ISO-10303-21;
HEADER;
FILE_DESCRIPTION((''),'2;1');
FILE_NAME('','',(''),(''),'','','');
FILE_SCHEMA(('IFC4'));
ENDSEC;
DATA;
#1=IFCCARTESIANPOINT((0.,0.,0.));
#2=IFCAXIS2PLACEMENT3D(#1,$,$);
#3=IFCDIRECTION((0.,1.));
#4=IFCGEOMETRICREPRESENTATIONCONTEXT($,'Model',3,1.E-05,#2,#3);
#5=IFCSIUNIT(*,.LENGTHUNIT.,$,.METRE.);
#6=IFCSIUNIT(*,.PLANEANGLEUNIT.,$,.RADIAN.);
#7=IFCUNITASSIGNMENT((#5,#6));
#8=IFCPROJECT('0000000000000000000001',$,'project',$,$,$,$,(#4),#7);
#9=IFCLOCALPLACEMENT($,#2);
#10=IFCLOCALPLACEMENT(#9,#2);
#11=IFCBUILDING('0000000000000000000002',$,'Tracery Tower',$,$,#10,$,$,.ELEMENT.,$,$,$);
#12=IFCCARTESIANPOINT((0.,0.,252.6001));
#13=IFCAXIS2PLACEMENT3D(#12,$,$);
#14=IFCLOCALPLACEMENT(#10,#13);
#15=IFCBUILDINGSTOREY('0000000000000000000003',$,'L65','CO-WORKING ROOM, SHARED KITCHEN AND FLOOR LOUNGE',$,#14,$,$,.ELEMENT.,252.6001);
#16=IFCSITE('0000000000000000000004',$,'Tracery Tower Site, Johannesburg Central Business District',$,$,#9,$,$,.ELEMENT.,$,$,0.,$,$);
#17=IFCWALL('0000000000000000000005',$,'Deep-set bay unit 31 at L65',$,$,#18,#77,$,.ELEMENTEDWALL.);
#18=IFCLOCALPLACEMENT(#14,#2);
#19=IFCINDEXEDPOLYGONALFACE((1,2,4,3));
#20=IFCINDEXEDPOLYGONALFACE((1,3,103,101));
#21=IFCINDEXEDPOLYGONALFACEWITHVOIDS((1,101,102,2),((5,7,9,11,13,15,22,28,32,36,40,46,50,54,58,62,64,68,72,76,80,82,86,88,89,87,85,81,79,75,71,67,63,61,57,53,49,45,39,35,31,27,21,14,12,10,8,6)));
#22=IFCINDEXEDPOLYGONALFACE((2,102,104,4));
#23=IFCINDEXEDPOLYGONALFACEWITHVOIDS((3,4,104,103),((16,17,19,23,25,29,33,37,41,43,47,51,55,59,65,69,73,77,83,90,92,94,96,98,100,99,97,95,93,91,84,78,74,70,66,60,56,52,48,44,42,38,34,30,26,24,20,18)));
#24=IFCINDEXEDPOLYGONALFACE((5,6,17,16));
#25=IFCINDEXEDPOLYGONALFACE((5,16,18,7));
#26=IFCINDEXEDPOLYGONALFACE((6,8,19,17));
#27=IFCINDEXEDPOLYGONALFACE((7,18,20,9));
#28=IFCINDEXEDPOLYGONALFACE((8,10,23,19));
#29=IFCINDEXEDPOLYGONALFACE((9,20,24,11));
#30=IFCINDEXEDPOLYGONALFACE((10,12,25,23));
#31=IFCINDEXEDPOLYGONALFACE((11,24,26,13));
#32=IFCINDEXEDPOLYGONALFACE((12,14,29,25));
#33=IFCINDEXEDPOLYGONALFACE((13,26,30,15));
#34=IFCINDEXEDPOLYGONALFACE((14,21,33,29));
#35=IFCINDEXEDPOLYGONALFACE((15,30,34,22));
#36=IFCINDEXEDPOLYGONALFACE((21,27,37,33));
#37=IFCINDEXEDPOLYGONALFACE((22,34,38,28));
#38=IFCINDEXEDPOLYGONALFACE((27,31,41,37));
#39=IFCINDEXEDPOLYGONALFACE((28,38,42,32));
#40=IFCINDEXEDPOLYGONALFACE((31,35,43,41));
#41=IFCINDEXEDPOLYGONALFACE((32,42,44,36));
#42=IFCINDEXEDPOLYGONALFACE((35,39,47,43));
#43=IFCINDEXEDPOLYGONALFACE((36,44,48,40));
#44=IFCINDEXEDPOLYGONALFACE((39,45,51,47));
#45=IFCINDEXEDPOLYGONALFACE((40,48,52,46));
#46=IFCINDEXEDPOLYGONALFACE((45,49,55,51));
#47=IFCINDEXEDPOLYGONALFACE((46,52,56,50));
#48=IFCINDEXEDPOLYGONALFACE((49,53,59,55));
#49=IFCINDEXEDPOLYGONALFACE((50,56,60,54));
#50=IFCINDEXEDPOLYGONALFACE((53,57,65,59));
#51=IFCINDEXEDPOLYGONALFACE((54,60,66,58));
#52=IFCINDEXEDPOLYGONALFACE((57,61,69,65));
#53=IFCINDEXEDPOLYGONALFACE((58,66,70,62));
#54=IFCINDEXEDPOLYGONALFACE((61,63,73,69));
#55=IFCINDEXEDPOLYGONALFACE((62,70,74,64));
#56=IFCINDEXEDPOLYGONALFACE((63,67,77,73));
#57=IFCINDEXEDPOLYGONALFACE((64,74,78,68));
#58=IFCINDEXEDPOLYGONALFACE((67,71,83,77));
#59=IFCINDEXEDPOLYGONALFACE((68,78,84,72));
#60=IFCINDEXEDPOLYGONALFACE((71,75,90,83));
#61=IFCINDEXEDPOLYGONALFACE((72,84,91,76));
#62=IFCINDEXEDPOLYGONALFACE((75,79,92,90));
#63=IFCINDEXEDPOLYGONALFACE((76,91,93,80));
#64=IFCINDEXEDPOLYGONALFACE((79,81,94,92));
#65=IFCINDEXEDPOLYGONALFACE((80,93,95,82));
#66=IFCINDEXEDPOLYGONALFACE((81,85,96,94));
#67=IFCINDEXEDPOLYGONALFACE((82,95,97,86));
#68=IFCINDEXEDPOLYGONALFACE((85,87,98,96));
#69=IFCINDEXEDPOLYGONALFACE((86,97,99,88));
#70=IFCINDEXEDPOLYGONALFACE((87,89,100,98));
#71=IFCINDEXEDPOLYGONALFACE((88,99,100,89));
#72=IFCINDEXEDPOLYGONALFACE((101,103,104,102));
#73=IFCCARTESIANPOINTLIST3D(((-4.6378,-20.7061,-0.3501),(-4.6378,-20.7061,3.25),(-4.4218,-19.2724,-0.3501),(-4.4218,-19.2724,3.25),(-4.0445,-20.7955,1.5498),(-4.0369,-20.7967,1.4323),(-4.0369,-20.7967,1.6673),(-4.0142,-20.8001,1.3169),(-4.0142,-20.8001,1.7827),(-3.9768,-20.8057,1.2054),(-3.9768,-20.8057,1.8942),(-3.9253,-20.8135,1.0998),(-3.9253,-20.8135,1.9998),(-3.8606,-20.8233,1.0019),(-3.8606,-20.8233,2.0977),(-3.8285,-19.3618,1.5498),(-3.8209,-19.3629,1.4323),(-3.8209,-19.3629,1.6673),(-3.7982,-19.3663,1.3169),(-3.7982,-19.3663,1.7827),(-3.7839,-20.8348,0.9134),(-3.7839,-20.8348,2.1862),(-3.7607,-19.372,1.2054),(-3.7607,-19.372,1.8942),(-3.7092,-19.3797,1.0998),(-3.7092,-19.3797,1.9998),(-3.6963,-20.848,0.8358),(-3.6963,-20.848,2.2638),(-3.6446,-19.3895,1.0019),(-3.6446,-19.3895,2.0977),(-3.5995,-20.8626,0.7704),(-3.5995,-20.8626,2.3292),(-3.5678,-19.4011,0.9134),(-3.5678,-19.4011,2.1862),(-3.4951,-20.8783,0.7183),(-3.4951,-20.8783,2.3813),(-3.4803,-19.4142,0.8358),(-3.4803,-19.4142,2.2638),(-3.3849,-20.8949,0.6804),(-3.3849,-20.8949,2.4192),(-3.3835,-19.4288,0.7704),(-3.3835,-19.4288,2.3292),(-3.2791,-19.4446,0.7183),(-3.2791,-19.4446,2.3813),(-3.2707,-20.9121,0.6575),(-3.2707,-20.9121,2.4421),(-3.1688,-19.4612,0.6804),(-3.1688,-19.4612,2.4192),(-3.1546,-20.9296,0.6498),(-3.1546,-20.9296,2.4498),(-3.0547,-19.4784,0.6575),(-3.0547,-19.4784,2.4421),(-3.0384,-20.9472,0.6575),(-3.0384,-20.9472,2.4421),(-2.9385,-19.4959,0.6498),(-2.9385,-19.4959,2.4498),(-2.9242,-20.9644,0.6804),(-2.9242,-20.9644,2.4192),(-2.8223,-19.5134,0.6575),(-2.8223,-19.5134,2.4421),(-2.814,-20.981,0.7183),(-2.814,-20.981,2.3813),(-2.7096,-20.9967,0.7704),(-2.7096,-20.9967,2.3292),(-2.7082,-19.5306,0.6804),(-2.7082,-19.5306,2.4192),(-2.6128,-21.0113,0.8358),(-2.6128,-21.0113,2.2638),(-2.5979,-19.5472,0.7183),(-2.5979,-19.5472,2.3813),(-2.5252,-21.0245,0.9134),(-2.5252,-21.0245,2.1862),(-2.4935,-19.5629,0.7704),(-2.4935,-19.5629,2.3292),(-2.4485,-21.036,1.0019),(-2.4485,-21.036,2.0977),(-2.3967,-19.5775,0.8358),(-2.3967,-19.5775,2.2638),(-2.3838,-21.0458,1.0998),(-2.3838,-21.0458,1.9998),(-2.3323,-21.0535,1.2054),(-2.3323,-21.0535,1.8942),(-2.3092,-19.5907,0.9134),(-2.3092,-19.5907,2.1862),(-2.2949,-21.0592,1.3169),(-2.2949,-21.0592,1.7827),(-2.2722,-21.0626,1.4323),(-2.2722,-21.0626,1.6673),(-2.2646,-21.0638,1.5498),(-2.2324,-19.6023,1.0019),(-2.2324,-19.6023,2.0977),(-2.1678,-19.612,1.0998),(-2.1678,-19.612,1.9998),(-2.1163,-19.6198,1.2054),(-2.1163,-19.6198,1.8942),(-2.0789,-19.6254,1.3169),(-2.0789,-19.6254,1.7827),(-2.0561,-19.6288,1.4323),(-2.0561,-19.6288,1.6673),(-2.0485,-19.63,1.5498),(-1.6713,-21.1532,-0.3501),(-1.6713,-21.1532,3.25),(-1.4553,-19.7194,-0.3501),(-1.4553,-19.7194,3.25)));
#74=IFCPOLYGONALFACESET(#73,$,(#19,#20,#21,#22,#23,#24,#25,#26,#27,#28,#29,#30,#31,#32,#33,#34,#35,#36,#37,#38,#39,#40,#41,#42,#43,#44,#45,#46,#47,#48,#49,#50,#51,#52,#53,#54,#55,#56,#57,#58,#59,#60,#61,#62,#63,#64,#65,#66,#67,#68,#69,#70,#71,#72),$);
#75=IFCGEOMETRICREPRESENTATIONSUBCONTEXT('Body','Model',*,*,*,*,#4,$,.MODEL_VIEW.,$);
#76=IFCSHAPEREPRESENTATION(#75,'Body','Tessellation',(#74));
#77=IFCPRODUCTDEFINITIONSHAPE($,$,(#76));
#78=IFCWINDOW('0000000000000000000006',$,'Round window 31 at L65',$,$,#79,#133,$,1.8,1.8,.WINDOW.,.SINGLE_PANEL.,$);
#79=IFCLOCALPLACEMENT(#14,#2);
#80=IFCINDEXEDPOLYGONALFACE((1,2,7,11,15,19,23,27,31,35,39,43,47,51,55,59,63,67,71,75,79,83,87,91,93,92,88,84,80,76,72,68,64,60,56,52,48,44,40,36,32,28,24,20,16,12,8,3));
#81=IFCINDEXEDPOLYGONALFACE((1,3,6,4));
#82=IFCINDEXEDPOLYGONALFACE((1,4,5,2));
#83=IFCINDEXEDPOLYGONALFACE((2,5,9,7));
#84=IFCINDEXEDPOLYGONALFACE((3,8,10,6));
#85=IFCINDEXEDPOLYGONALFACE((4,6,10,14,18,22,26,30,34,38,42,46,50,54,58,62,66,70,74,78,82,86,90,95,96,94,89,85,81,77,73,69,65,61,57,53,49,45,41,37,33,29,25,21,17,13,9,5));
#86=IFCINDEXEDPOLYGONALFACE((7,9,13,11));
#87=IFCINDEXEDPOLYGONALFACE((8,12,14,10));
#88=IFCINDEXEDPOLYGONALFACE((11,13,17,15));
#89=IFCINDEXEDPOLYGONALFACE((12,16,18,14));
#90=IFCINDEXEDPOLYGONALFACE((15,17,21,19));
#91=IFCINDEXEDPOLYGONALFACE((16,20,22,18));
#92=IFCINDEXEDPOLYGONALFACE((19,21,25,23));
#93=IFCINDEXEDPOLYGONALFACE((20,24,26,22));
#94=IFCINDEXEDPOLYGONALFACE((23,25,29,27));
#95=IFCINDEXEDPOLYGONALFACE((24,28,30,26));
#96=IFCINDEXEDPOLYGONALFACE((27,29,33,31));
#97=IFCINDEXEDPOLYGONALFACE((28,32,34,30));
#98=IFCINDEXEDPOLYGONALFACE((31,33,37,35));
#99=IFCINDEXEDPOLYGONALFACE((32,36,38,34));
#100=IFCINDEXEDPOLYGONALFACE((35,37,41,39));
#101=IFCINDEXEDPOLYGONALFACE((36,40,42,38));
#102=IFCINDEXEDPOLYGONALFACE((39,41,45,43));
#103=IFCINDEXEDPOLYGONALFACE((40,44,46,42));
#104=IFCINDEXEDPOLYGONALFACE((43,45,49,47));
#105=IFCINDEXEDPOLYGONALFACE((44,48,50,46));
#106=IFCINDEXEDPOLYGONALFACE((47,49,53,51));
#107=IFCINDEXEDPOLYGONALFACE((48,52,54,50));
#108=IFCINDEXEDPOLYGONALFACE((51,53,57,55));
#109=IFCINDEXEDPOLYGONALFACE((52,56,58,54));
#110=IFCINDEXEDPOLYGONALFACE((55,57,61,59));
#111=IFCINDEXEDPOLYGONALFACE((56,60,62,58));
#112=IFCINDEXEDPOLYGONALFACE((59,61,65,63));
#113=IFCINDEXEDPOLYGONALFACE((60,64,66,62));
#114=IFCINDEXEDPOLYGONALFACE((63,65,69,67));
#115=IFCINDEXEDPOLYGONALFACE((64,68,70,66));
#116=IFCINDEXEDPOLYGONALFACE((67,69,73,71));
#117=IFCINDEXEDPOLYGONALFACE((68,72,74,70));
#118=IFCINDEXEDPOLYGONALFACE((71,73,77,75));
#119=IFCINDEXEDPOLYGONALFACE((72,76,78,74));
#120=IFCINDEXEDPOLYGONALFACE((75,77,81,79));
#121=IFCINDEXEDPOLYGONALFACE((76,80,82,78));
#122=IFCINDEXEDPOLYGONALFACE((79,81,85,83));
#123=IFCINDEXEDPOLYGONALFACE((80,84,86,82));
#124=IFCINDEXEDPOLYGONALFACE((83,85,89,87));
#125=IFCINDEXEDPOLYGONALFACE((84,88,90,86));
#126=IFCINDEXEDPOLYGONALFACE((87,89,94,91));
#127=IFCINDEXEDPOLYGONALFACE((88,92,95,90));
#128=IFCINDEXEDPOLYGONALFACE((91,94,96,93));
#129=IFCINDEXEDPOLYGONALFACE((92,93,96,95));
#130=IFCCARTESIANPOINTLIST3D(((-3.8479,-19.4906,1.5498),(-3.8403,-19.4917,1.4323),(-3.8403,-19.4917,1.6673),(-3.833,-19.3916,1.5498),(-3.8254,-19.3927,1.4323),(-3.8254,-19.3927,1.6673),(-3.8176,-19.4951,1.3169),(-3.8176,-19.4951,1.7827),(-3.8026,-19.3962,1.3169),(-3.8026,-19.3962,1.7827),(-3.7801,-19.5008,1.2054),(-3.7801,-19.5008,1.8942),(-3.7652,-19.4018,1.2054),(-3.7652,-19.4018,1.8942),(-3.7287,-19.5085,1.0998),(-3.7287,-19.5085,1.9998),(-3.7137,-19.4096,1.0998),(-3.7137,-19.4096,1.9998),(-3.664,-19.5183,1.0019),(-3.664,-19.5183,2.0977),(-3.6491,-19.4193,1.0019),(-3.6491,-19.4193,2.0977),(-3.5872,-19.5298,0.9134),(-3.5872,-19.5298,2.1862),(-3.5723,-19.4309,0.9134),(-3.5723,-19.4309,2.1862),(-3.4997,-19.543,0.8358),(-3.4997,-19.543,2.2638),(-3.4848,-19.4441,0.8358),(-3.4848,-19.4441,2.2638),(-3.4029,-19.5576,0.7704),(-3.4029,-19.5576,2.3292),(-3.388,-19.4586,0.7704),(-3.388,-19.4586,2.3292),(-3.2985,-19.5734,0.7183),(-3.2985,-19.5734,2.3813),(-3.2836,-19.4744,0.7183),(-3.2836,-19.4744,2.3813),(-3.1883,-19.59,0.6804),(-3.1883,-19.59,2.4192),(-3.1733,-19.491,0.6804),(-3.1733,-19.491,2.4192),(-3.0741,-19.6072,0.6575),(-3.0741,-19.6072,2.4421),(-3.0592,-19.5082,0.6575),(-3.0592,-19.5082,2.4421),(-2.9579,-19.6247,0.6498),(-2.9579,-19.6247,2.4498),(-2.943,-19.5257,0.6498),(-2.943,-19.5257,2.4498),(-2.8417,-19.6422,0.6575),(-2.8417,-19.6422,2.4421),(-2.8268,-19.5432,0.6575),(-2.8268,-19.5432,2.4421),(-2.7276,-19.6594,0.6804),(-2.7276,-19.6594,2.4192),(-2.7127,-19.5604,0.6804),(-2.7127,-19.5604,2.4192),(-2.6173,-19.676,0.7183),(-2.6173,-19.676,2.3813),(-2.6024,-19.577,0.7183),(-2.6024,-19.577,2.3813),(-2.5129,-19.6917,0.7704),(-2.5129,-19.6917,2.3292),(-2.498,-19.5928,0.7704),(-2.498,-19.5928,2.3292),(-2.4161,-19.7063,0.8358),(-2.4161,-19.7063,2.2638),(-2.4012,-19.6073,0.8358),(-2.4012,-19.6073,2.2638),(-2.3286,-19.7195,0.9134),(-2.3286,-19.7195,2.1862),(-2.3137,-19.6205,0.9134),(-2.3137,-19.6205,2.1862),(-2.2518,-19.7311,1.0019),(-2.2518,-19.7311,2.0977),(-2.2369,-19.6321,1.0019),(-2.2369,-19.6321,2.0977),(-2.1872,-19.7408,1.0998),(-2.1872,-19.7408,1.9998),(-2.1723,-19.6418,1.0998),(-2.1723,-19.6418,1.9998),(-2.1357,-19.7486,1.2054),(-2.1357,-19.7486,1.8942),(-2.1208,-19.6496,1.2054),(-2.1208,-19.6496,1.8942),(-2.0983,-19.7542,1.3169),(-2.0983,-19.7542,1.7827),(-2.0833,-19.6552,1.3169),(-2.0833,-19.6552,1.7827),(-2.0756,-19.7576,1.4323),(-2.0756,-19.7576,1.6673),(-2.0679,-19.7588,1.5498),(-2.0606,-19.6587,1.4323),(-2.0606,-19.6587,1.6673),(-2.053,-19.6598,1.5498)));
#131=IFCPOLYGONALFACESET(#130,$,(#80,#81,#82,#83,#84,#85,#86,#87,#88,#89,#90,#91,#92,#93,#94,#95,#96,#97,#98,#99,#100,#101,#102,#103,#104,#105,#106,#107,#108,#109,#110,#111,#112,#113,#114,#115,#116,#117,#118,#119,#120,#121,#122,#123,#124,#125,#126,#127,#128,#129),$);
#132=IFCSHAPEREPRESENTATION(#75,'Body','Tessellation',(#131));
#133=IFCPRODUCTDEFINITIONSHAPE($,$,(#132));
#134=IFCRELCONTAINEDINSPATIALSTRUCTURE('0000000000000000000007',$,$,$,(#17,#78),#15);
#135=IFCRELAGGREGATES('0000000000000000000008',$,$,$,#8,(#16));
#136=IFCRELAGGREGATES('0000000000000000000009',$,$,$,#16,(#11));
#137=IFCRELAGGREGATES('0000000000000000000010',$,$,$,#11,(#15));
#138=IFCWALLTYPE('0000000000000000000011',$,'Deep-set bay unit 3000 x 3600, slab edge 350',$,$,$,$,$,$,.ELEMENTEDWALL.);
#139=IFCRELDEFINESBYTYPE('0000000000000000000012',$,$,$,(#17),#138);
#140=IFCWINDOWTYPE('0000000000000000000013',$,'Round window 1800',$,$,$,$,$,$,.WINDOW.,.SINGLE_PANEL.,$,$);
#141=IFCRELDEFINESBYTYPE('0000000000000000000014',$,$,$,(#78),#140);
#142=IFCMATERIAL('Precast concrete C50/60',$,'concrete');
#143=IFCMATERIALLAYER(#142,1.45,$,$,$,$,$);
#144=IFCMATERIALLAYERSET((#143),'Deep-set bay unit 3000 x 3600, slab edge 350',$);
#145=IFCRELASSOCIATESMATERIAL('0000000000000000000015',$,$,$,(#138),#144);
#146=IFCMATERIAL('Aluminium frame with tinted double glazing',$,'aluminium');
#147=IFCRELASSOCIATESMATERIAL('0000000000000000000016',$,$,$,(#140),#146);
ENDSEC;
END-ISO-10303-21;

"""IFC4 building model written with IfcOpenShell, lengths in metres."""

from ifc_helpers import new_model, si_unit, direction, frame, frame_2d, origin, origin_2d, place, context, subcontext, project, spatial, rectangle, circle, extrude, material, layer, layer_set, type_object, element, fill, save


model = new_model("IFC4")

# Units and contexts
model_context = context("Model", 3, precision=1e-05, world=origin(), true_north=direction((0.0, 1.0)))
body_context = subcontext(model_context, "Body", "Model", "MODEL_VIEW")
ifc_project = project(units=[si_unit("LENGTHUNIT", "METRE"), si_unit("PLANEANGLEUNIT", "RADIAN")], contexts=[model_context])

# Site, building, storey
site_placement = place(None, origin())
site = spatial("IfcSite", under=ifc_project, at=site_placement, Name="Tracery Tower Site, Johannesburg Central Business District", CompositionType="ELEMENT", RefElevation=0.0)
building_placement = place(site_placement, origin())
building = spatial("IfcBuilding", under=site, at=building_placement, Name="Tracery Tower", CompositionType="ELEMENT")
storey_placement = place(building_placement, frame((0.0, 0.0, 252.6001)))
storey = spatial("IfcBuildingStorey", under=building, at=storey_placement, Name="L65", Description="CO-WORKING ROOM, SHARED KITCHEN AND FLOOR LOUNGE", CompositionType="ELEMENT", Elevation=252.6001)

# Wall, opening, window
ifc_material_1 = material(Name="Precast concrete C50/60", Category="concrete")
ifc_layer_1 = layer(ifc_material_1, 1.45)
ifc_layer_set_1 = layer_set([ifc_layer_1], Name="Deep-set bay unit 3000 x 3600, slab edge 350")
wall_type_1 = type_object("IfcWallType", Name="Deep-set bay unit 3000 x 3600, slab edge 350", PredefinedType="ELEMENTEDWALL", material=ifc_layer_set_1)
wall_1_placement = place(storey_placement, frame((-4.5298, -19.9893, -0.3501), z_axis=(0.0, 0.0, 1.0), x_axis=(0.988836, -0.149005, 0.0)))
wall_1 = element("IfcWall", 1, at=wall_1_placement, inside=storey, type_object=wall_type_1, Name="Deep-set bay unit 31 at L65", PredefinedType="ELEMENTEDWALL", context=body_context, shape_type="SweptSolid", body=[
    extrude(rectangle(XDim=3.0, YDim=1.45, at=frame_2d((1.5, 0.0))), origin(), (0.0, 0.0, 1.0), 3.6001),
])
opening_1_placement = place(wall_1_placement, frame((1.5, 0.0, 1.8999)))
opening_1 = element("IfcOpeningElement", 2, at=opening_1_placement, cuts=wall_1, PredefinedType="OPENING", context=body_context, shape_type="SweptSolid", body=[
    extrude(circle(Radius=0.9, at=origin_2d()), frame((0.0, 0.7349, 0.0), z_axis=(0.0, -1.0, 0.0), x_axis=(1.0, 0.0, 0.0)), (0.0, 0.0, 1.0), 1.47),
])
ifc_material_2 = material(Name="Aluminium frame with tinted double glazing", Category="aluminium")
window_type = type_object("IfcWindowType", Name="Round window 1800", PartitioningType="SINGLE_PANEL", PredefinedType="WINDOW", material=ifc_material_2)
window_1_placement = place(opening_1_placement, origin())
window_1 = element("IfcWindow", 3, at=window_1_placement, inside=storey, type_object=window_type, Name="Round window 31 at L65", OverallHeight=1.8, OverallWidth=1.8, PartitioningType="SINGLE_PANEL", PredefinedType="WINDOW", context=body_context, shape_type="SweptSolid", body=[
    extrude(circle(Radius=0.9, at=origin_2d()), frame((0.0, 0.6948, 0.0), z_axis=(0.0, -1.0, 0.0), x_axis=(1.0, 0.0, 0.0)), (0.0, 0.0, 1.0), 0.1001),
])
fill(opening_1, window_1)

save(model, "model.ifc")
